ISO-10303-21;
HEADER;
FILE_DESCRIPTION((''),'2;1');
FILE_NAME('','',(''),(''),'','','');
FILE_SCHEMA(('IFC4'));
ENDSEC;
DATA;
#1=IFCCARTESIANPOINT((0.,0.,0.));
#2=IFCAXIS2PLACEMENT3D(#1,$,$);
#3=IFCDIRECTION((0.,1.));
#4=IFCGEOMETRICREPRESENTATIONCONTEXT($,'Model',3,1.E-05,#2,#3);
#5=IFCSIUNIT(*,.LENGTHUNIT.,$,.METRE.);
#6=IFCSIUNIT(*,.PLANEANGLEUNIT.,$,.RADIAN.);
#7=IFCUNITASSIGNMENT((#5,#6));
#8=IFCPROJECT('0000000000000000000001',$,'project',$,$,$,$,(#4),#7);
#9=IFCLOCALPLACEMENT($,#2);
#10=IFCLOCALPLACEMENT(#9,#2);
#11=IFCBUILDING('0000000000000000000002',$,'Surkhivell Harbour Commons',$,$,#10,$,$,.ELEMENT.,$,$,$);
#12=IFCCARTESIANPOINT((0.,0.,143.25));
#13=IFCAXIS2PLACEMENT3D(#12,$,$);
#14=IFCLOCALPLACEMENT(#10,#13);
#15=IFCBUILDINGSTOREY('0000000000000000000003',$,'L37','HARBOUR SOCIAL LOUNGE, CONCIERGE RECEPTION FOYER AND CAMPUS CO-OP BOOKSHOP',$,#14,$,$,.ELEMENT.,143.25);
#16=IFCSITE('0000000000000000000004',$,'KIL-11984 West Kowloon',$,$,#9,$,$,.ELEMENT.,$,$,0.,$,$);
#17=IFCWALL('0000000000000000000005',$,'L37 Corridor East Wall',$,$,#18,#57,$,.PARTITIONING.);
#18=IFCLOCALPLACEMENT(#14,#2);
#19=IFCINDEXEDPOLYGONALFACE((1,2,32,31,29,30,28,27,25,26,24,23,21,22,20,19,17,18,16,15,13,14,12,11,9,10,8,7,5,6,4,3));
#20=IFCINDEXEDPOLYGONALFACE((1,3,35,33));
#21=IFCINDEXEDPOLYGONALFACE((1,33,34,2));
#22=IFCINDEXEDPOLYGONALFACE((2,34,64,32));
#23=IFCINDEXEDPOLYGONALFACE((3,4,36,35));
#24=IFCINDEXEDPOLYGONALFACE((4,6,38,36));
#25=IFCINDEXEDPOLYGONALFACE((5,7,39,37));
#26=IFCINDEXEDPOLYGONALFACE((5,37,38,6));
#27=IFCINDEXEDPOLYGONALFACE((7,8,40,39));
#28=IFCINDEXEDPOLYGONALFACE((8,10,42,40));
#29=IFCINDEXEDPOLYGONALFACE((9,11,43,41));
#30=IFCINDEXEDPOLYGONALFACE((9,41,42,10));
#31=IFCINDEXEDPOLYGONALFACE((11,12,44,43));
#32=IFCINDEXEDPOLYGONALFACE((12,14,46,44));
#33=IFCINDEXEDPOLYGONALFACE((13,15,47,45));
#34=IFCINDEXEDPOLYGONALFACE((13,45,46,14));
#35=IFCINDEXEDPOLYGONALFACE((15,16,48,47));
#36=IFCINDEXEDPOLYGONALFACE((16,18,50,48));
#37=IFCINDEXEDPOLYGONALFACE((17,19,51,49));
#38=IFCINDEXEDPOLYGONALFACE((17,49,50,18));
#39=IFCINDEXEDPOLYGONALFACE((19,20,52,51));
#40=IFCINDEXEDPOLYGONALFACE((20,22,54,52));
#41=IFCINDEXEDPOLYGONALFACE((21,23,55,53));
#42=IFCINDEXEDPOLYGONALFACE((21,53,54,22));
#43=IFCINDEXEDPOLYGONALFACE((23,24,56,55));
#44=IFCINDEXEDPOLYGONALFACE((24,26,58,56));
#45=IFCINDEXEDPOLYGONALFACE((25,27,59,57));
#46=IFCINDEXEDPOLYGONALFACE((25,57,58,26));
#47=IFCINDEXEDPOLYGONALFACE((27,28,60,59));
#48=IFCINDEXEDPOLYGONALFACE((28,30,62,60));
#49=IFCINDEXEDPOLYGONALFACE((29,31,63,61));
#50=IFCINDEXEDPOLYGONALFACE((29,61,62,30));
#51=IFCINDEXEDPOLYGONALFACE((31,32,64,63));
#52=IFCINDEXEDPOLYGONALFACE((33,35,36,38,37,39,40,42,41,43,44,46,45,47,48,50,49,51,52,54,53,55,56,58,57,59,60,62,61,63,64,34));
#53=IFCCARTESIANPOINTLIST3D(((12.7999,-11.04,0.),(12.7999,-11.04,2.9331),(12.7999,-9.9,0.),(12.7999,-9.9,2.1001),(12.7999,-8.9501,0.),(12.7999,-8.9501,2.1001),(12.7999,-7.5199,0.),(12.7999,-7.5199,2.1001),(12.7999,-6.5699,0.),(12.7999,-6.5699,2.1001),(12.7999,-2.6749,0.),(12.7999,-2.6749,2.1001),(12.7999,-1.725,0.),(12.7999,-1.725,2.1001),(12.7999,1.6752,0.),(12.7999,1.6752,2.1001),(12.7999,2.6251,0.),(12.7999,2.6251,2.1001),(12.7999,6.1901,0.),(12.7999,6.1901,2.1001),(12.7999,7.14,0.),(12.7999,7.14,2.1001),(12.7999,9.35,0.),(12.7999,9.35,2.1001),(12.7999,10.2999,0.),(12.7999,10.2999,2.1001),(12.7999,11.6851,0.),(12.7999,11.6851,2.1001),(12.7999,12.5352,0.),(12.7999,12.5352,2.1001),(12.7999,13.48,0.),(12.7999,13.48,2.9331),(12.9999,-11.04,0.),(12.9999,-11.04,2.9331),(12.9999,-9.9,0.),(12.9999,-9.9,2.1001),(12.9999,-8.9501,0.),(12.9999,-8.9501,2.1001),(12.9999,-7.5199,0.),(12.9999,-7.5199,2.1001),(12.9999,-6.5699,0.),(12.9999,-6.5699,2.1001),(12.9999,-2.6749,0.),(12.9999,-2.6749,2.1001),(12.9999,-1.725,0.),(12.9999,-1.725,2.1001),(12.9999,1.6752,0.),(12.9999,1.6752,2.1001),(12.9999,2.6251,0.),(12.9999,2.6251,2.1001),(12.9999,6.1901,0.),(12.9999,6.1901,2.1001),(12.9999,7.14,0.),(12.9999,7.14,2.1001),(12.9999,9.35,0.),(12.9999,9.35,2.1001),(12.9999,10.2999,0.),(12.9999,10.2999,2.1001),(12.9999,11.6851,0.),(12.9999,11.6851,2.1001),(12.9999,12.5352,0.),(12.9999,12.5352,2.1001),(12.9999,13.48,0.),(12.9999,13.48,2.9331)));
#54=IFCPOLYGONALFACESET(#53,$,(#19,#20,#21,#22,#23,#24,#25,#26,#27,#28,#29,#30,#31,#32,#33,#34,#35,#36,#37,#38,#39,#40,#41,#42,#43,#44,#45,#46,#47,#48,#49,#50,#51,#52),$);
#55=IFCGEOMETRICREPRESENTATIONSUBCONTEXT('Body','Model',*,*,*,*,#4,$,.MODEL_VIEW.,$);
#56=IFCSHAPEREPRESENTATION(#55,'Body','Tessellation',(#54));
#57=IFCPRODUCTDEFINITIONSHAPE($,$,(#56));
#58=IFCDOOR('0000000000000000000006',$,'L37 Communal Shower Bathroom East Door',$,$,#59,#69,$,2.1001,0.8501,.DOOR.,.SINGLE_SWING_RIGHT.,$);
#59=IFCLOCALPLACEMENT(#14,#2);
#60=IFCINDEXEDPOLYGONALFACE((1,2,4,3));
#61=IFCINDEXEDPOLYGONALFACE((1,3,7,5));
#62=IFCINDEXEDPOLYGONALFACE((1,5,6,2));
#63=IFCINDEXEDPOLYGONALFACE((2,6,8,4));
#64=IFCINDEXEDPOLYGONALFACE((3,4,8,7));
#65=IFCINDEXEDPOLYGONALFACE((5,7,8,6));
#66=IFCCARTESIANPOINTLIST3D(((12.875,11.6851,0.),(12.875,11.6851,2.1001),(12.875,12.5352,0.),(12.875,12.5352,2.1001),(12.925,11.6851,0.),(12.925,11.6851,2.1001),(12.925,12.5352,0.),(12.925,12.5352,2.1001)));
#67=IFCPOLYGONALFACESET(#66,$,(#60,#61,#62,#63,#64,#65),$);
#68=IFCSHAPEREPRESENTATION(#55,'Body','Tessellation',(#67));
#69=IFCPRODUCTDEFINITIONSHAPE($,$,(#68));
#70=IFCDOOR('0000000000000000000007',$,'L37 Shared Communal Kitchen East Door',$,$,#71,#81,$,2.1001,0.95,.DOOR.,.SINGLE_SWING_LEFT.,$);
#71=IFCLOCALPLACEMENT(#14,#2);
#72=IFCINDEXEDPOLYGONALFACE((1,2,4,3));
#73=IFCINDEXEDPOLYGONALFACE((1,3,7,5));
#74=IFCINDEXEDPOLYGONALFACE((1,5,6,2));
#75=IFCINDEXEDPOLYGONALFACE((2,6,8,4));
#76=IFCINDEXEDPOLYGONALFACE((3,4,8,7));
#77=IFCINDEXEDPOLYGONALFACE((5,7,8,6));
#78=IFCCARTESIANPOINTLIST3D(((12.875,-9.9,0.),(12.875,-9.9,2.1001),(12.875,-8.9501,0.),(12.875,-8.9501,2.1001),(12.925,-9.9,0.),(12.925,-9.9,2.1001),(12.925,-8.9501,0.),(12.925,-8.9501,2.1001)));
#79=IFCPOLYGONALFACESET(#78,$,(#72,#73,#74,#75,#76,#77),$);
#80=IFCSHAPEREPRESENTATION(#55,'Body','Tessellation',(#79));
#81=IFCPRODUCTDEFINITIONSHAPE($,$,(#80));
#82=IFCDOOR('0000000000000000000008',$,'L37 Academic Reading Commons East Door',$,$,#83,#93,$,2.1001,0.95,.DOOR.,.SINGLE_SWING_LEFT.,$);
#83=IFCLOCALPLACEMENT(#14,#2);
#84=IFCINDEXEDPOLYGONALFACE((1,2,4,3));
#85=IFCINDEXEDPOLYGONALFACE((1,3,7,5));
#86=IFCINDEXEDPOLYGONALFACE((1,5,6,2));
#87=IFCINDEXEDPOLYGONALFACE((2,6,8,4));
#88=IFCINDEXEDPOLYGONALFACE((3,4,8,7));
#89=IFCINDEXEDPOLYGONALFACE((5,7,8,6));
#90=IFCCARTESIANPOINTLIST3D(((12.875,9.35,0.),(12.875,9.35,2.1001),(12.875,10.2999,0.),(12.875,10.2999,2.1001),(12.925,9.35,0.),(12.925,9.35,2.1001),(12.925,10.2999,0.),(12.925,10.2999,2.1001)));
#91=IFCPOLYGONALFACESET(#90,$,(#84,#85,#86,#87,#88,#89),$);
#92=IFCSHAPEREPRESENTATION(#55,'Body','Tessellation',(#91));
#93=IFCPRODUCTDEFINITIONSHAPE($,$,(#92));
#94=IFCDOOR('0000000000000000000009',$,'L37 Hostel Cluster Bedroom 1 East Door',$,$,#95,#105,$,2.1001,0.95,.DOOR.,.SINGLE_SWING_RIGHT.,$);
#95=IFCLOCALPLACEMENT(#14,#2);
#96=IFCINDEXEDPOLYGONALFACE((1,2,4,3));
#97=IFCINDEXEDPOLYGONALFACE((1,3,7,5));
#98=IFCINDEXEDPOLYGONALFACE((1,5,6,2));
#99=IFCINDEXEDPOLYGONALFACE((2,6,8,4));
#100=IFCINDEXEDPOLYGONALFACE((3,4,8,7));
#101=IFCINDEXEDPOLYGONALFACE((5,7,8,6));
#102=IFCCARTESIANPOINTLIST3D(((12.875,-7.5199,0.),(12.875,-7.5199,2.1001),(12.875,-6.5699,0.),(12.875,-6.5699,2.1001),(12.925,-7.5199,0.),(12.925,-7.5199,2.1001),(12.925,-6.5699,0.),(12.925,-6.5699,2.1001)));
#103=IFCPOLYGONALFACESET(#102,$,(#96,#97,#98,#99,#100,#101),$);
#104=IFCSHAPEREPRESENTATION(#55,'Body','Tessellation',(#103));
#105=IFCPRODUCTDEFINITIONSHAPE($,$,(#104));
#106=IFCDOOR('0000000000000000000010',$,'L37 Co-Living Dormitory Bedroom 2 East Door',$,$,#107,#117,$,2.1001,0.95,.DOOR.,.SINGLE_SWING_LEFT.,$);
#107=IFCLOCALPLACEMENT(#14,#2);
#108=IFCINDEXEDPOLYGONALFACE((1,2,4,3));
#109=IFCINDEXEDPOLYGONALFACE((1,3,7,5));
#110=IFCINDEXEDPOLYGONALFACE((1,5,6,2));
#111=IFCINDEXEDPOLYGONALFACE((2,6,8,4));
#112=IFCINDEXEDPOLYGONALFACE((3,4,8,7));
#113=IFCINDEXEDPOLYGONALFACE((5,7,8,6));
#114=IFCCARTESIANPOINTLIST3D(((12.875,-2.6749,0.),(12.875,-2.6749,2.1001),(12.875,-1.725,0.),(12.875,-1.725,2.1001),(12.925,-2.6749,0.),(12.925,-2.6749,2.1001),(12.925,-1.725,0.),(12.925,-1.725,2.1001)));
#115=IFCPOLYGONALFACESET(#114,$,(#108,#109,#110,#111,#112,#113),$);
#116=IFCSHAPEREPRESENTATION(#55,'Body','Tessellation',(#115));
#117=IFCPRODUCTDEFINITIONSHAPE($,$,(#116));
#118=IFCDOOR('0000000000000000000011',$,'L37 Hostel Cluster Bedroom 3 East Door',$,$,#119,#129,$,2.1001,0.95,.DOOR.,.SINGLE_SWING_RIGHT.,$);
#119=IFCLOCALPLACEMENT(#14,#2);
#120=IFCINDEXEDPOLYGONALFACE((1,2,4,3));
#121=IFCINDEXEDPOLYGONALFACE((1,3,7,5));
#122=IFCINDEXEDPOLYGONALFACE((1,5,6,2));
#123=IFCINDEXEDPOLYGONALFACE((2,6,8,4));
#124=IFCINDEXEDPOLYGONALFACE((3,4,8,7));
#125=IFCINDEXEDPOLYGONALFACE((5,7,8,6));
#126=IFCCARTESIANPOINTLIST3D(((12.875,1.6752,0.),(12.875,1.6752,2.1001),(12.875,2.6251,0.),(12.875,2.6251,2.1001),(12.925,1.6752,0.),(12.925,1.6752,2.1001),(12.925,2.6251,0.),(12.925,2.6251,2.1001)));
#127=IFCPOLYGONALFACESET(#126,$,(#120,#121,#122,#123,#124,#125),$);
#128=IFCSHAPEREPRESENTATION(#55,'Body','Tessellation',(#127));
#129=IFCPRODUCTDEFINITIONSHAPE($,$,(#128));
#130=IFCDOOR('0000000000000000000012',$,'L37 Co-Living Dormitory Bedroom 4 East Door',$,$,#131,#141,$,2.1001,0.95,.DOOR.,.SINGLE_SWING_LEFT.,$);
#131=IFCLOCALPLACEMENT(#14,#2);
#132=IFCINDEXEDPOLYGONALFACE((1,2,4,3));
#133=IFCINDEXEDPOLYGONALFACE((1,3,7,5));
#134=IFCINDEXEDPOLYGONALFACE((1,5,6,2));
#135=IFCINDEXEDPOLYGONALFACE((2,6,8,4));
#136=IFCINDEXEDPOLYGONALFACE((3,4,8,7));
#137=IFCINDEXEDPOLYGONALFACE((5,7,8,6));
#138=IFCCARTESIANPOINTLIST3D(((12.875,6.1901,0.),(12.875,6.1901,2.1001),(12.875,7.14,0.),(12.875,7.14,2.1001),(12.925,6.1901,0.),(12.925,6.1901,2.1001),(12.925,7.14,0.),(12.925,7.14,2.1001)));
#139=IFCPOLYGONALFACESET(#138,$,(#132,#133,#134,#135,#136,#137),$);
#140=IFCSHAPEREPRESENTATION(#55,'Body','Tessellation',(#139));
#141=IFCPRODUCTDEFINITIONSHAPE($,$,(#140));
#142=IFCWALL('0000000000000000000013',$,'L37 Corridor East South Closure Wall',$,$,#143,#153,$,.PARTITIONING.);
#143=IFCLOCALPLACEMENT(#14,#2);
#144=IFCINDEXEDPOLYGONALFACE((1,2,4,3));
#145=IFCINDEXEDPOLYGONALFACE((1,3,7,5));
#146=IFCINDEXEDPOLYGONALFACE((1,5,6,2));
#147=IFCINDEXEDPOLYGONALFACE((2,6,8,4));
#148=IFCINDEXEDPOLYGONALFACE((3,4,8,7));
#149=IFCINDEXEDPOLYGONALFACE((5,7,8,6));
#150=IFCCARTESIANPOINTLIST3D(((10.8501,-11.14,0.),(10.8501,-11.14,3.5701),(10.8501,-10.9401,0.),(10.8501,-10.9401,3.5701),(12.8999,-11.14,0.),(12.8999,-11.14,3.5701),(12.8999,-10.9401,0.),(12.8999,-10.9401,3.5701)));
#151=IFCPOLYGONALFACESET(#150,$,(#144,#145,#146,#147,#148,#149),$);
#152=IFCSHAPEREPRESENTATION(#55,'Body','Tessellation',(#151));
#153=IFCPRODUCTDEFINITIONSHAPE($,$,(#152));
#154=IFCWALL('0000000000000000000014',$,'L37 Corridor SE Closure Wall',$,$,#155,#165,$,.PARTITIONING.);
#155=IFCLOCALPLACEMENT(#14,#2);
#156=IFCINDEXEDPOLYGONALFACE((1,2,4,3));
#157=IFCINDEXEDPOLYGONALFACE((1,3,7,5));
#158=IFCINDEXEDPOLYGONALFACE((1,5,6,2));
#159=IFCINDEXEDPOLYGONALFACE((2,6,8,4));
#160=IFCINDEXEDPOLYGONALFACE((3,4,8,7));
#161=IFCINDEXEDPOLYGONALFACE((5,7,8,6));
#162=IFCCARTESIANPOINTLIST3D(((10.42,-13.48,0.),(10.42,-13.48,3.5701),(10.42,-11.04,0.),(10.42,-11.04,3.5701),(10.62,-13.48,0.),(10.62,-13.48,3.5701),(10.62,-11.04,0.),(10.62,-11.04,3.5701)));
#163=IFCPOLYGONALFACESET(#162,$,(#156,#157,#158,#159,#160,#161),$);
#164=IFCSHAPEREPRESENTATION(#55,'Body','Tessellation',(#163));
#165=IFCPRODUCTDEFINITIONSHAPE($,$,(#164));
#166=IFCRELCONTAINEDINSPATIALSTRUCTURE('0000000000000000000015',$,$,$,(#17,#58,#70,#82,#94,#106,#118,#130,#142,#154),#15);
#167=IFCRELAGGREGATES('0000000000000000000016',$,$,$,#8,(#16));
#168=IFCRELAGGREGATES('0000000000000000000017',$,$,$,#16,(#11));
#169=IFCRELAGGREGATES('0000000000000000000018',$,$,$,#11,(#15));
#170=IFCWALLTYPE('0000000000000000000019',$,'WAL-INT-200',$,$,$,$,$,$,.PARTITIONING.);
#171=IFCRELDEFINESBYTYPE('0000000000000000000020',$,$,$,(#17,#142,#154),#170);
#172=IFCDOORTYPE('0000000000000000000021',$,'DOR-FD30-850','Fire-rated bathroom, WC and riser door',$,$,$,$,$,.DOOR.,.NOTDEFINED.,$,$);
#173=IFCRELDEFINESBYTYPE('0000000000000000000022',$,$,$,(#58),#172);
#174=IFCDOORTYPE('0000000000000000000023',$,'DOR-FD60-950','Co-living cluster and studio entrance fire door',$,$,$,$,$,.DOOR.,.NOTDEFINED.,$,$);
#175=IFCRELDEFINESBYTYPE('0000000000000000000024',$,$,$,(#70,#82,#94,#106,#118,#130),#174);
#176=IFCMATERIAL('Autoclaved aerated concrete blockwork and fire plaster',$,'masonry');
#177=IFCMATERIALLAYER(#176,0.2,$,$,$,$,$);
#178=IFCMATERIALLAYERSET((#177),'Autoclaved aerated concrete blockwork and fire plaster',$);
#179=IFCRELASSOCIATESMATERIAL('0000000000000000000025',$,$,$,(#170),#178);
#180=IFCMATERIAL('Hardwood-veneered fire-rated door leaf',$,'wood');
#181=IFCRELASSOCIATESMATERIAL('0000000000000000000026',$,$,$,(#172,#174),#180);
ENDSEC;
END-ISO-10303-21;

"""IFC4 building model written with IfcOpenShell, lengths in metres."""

from ifc_helpers import new_model, si_unit, direction, frame, frame_2d, origin, place, context, subcontext, project, spatial, rectangle, extrude, material, layer, layer_set, type_object, element, fill, save


model = new_model("IFC4")

# Units and contexts
model_context = context("Model", 3, precision=1e-05, world=origin(), true_north=direction((0.0, 1.0)))
body_context = subcontext(model_context, "Body", "Model", "MODEL_VIEW")
ifc_project = project(units=[si_unit("LENGTHUNIT", "METRE"), si_unit("PLANEANGLEUNIT", "RADIAN")], contexts=[model_context])

# Site, building, storey
site_placement = place(None, origin())
site = spatial("IfcSite", under=ifc_project, at=site_placement, Name="KIL-11984 West Kowloon", CompositionType="ELEMENT", RefElevation=0.0)
building_placement = place(site_placement, origin())
building = spatial("IfcBuilding", under=site, at=building_placement, Name="Surkhivell Harbour Commons", CompositionType="ELEMENT")
storey_placement = place(building_placement, frame((0.0, 0.0, 143.25)))
storey = spatial("IfcBuildingStorey", under=building, at=storey_placement, Name="L37", Description="HARBOUR SOCIAL LOUNGE, CONCIERGE RECEPTION FOYER AND CAMPUS CO-OP BOOKSHOP", CompositionType="ELEMENT", Elevation=143.25)

# Shared definitions
ifc_material_1 = material(Name="Autoclaved aerated concrete blockwork and fire plaster", Category="masonry")
ifc_layer_1 = layer(ifc_material_1, 0.2)
ifc_layer_set_1 = layer_set([ifc_layer_1], Name="Autoclaved aerated concrete blockwork and fire plaster")
wall_type_1 = type_object("IfcWallType", Name="WAL-INT-200", PredefinedType="PARTITIONING", material=ifc_layer_set_1)

# Wall, openings, doors
wall_1_placement = place(storey_placement, frame((12.8999, -11.04, 0.0), z_axis=(0.0, 0.0, 1.0), x_axis=(0.0, 1.0, 0.0)))
wall_1 = element("IfcWall", 1, at=wall_1_placement, inside=storey, type_object=wall_type_1, Name="L37 Corridor East Wall", PredefinedType="PARTITIONING", context=body_context, shape_type="SweptSolid", body=[
    extrude(rectangle(XDim=24.52, YDim=0.2, at=frame_2d((12.26, 0.0))), origin(), (0.0, 0.0, 1.0), 2.9331),
])
opening_1_placement = place(wall_1_placement, frame((1.1399, 0.0, 0.0)))
opening_1 = element("IfcOpeningElement", 2, at=opening_1_placement, cuts=wall_1, PredefinedType="OPENING", context=body_context, shape_type="SweptSolid", body=[
    extrude(rectangle(XDim=0.95, YDim=2.1001, at=frame_2d((0.4751, 1.05))), frame((0.0, 0.1099, 0.0), z_axis=(0.0, -1.0, 0.0), x_axis=(1.0, 0.0, 0.0)), (0.0, 0.0, 1.0), 0.22),
])
opening_2_placement = place(wall_1_placement, frame((22.7251, 0.0, 0.0)))
opening_2 = element("IfcOpeningElement", 3, at=opening_2_placement, cuts=wall_1, PredefinedType="OPENING", context=body_context, shape_type="SweptSolid", body=[
    extrude(rectangle(XDim=0.8501, YDim=2.1001, at=frame_2d((0.425, 1.05))), frame((0.0, 0.1099, 0.0), z_axis=(0.0, -1.0, 0.0), x_axis=(1.0, 0.0, 0.0)), (0.0, 0.0, 1.0), 0.22),
])
opening_3_placement = place(wall_1_placement, frame((20.3899, 0.0, 0.0)))
opening_3 = element("IfcOpeningElement", 4, at=opening_3_placement, cuts=wall_1, PredefinedType="OPENING", context=body_context, shape_type="SweptSolid", body=[
    extrude(rectangle(XDim=0.95, YDim=2.1001, at=frame_2d((0.4751, 1.05))), frame((0.0, 0.1099, 0.0), z_axis=(0.0, -1.0, 0.0), x_axis=(1.0, 0.0, 0.0)), (0.0, 0.0, 1.0), 0.22),
])
opening_4_placement = place(wall_1_placement, frame((3.52, 0.0, 0.0)))
opening_4 = element("IfcOpeningElement", 5, at=opening_4_placement, cuts=wall_1, PredefinedType="OPENING", context=body_context, shape_type="SweptSolid", body=[
    extrude(rectangle(XDim=0.95, YDim=2.1001, at=frame_2d((0.4751, 1.05))), frame((0.0, 0.1099, 0.0), z_axis=(0.0, -1.0, 0.0), x_axis=(1.0, 0.0, 0.0)), (0.0, 0.0, 1.0), 0.22),
])
opening_5_placement = place(wall_1_placement, frame((8.365, 0.0, 0.0)))
opening_5 = element("IfcOpeningElement", 6, at=opening_5_placement, cuts=wall_1, PredefinedType="OPENING", context=body_context, shape_type="SweptSolid", body=[
    extrude(rectangle(XDim=0.95, YDim=2.1001, at=frame_2d((0.4751, 1.05))), frame((0.0, 0.1099, 0.0), z_axis=(0.0, -1.0, 0.0), x_axis=(1.0, 0.0, 0.0)), (0.0, 0.0, 1.0), 0.22),
])
opening_6_placement = place(wall_1_placement, frame((12.7151, 0.0, 0.0)))
opening_6 = element("IfcOpeningElement", 7, at=opening_6_placement, cuts=wall_1, PredefinedType="OPENING", context=body_context, shape_type="SweptSolid", body=[
    extrude(rectangle(XDim=0.95, YDim=2.1001, at=frame_2d((0.4751, 1.05))), frame((0.0, 0.1099, 0.0), z_axis=(0.0, -1.0, 0.0), x_axis=(1.0, 0.0, 0.0)), (0.0, 0.0, 1.0), 0.22),
])
opening_7_placement = place(wall_1_placement, frame((17.23, 0.0, 0.0)))
opening_7 = element("IfcOpeningElement", 8, at=opening_7_placement, cuts=wall_1, PredefinedType="OPENING", context=body_context, shape_type="SweptSolid", body=[
    extrude(rectangle(XDim=0.95, YDim=2.1001, at=frame_2d((0.4751, 1.05))), frame((0.0, 0.1099, 0.0), z_axis=(0.0, -1.0, 0.0), x_axis=(1.0, 0.0, 0.0)), (0.0, 0.0, 1.0), 0.22),
])
ifc_material_2 = material(Name="Hardwood-veneered fire-rated door leaf", Category="wood")
door_type_1 = type_object("IfcDoorType", Name="DOR-FD30-850", Description="Fire-rated bathroom, WC and riser door", OperationType="NOTDEFINED", PredefinedType="DOOR", material=ifc_material_2)
door_1_placement = place(opening_2_placement, origin())
door_1 = element("IfcDoor", 9, at=door_1_placement, inside=storey, type_object=door_type_1, Name="L37 Communal Shower Bathroom East Door", OperationType="SINGLE_SWING_RIGHT", OverallHeight=2.1001, OverallWidth=0.8501, PredefinedType="DOOR", context=body_context, shape_type="SweptSolid", body=[
    extrude(rectangle(XDim=0.8501, YDim=2.1001, at=frame_2d((0.425, 1.05))), frame((0.0, 0.0249, 0.0), z_axis=(0.0, -1.0, 0.0), x_axis=(1.0, 0.0, 0.0)), (0.0, 0.0, 1.0), 0.05),
])
fill(opening_2, door_1)
door_type_2 = type_object("IfcDoorType", Name="DOR-FD60-950", Description="Co-living cluster and studio entrance fire door", OperationType="NOTDEFINED", PredefinedType="DOOR", material=ifc_material_2)
door_2_placement = place(opening_1_placement, origin())
door_2 = element("IfcDoor", 10, at=door_2_placement, inside=storey, type_object=door_type_2, Name="L37 Shared Communal Kitchen East Door", OperationType="SINGLE_SWING_LEFT", OverallHeight=2.1001, OverallWidth=0.95, PredefinedType="DOOR", context=body_context, shape_type="SweptSolid", body=[
    extrude(rectangle(XDim=0.95, YDim=2.1001, at=frame_2d((0.4751, 1.05))), frame((0.0, 0.0249, 0.0), z_axis=(0.0, -1.0, 0.0), x_axis=(1.0, 0.0, 0.0)), (0.0, 0.0, 1.0), 0.05),
])
fill(opening_1, door_2)
door_3_placement = place(opening_3_placement, origin())
door_3 = element("IfcDoor", 11, at=door_3_placement, inside=storey, type_object=door_type_2, Name="L37 Academic Reading Commons East Door", OperationType="SINGLE_SWING_LEFT", OverallHeight=2.1001, OverallWidth=0.95, PredefinedType="DOOR", context=body_context, shape_type="SweptSolid", body=[
    extrude(rectangle(XDim=0.95, YDim=2.1001, at=frame_2d((0.4751, 1.05))), frame((0.0, 0.0249, 0.0), z_axis=(0.0, -1.0, 0.0), x_axis=(1.0, 0.0, 0.0)), (0.0, 0.0, 1.0), 0.05),
])
fill(opening_3, door_3)
door_4_placement = place(opening_4_placement, origin())
door_4 = element("IfcDoor", 12, at=door_4_placement, inside=storey, type_object=door_type_2, Name="L37 Hostel Cluster Bedroom 1 East Door", OperationType="SINGLE_SWING_RIGHT", OverallHeight=2.1001, OverallWidth=0.95, PredefinedType="DOOR", context=body_context, shape_type="SweptSolid", body=[
    extrude(rectangle(XDim=0.95, YDim=2.1001, at=frame_2d((0.4751, 1.05))), frame((0.0, 0.0249, 0.0), z_axis=(0.0, -1.0, 0.0), x_axis=(1.0, 0.0, 0.0)), (0.0, 0.0, 1.0), 0.05),
])
fill(opening_4, door_4)
door_5_placement = place(opening_5_placement, origin())
door_5 = element("IfcDoor", 13, at=door_5_placement, inside=storey, type_object=door_type_2, Name="L37 Co-Living Dormitory Bedroom 2 East Door", OperationType="SINGLE_SWING_LEFT", OverallHeight=2.1001, OverallWidth=0.95, PredefinedType="DOOR", context=body_context, shape_type="SweptSolid", body=[
    extrude(rectangle(XDim=0.95, YDim=2.1001, at=frame_2d((0.4751, 1.05))), frame((0.0, 0.0249, 0.0), z_axis=(0.0, -1.0, 0.0), x_axis=(1.0, 0.0, 0.0)), (0.0, 0.0, 1.0), 0.05),
])
fill(opening_5, door_5)
door_6_placement = place(opening_6_placement, origin())
door_6 = element("IfcDoor", 14, at=door_6_placement, inside=storey, type_object=door_type_2, Name="L37 Hostel Cluster Bedroom 3 East Door", OperationType="SINGLE_SWING_RIGHT", OverallHeight=2.1001, OverallWidth=0.95, PredefinedType="DOOR", context=body_context, shape_type="SweptSolid", body=[
    extrude(rectangle(XDim=0.95, YDim=2.1001, at=frame_2d((0.4751, 1.05))), frame((0.0, 0.0249, 0.0), z_axis=(0.0, -1.0, 0.0), x_axis=(1.0, 0.0, 0.0)), (0.0, 0.0, 1.0), 0.05),
])
fill(opening_6, door_6)
door_7_placement = place(opening_7_placement, origin())
door_7 = element("IfcDoor", 15, at=door_7_placement, inside=storey, type_object=door_type_2, Name="L37 Co-Living Dormitory Bedroom 4 East Door", OperationType="SINGLE_SWING_LEFT", OverallHeight=2.1001, OverallWidth=0.95, PredefinedType="DOOR", context=body_context, shape_type="SweptSolid", body=[
    extrude(rectangle(XDim=0.95, YDim=2.1001, at=frame_2d((0.4751, 1.05))), frame((0.0, 0.0249, 0.0), z_axis=(0.0, -1.0, 0.0), x_axis=(1.0, 0.0, 0.0)), (0.0, 0.0, 1.0), 0.05),
])
fill(opening_7, door_7)

# Walls
wall_2_placement = place(storey_placement, frame((10.8501, -11.04, 0.0), z_axis=(0.0, 0.0, 1.0), x_axis=(1.0, 0.0, 0.0)))
element("IfcWall", 16, at=wall_2_placement, inside=storey, type_object=wall_type_1, Name="L37 Corridor East South Closure Wall", PredefinedType="PARTITIONING", context=body_context, shape_type="SweptSolid", body=[
    extrude(rectangle(XDim=2.0498, YDim=0.2, at=frame_2d((1.0249, 0.0))), origin(), (0.0, 0.0, 1.0), 3.5701),
])
wall_3_placement = place(storey_placement, frame((10.52, -13.48, 0.0), z_axis=(0.0, 0.0, 1.0), x_axis=(0.0, 1.0, 0.0)))
element("IfcWall", 17, at=wall_3_placement, inside=storey, type_object=wall_type_1, Name="L37 Corridor SE Closure Wall", PredefinedType="PARTITIONING", context=body_context, shape_type="SweptSolid", body=[
    extrude(rectangle(XDim=2.4399, YDim=0.2, at=frame_2d((1.22, 0.0))), origin(), (0.0, 0.0, 1.0), 3.5701),
])

save(model, "model.ifc")
